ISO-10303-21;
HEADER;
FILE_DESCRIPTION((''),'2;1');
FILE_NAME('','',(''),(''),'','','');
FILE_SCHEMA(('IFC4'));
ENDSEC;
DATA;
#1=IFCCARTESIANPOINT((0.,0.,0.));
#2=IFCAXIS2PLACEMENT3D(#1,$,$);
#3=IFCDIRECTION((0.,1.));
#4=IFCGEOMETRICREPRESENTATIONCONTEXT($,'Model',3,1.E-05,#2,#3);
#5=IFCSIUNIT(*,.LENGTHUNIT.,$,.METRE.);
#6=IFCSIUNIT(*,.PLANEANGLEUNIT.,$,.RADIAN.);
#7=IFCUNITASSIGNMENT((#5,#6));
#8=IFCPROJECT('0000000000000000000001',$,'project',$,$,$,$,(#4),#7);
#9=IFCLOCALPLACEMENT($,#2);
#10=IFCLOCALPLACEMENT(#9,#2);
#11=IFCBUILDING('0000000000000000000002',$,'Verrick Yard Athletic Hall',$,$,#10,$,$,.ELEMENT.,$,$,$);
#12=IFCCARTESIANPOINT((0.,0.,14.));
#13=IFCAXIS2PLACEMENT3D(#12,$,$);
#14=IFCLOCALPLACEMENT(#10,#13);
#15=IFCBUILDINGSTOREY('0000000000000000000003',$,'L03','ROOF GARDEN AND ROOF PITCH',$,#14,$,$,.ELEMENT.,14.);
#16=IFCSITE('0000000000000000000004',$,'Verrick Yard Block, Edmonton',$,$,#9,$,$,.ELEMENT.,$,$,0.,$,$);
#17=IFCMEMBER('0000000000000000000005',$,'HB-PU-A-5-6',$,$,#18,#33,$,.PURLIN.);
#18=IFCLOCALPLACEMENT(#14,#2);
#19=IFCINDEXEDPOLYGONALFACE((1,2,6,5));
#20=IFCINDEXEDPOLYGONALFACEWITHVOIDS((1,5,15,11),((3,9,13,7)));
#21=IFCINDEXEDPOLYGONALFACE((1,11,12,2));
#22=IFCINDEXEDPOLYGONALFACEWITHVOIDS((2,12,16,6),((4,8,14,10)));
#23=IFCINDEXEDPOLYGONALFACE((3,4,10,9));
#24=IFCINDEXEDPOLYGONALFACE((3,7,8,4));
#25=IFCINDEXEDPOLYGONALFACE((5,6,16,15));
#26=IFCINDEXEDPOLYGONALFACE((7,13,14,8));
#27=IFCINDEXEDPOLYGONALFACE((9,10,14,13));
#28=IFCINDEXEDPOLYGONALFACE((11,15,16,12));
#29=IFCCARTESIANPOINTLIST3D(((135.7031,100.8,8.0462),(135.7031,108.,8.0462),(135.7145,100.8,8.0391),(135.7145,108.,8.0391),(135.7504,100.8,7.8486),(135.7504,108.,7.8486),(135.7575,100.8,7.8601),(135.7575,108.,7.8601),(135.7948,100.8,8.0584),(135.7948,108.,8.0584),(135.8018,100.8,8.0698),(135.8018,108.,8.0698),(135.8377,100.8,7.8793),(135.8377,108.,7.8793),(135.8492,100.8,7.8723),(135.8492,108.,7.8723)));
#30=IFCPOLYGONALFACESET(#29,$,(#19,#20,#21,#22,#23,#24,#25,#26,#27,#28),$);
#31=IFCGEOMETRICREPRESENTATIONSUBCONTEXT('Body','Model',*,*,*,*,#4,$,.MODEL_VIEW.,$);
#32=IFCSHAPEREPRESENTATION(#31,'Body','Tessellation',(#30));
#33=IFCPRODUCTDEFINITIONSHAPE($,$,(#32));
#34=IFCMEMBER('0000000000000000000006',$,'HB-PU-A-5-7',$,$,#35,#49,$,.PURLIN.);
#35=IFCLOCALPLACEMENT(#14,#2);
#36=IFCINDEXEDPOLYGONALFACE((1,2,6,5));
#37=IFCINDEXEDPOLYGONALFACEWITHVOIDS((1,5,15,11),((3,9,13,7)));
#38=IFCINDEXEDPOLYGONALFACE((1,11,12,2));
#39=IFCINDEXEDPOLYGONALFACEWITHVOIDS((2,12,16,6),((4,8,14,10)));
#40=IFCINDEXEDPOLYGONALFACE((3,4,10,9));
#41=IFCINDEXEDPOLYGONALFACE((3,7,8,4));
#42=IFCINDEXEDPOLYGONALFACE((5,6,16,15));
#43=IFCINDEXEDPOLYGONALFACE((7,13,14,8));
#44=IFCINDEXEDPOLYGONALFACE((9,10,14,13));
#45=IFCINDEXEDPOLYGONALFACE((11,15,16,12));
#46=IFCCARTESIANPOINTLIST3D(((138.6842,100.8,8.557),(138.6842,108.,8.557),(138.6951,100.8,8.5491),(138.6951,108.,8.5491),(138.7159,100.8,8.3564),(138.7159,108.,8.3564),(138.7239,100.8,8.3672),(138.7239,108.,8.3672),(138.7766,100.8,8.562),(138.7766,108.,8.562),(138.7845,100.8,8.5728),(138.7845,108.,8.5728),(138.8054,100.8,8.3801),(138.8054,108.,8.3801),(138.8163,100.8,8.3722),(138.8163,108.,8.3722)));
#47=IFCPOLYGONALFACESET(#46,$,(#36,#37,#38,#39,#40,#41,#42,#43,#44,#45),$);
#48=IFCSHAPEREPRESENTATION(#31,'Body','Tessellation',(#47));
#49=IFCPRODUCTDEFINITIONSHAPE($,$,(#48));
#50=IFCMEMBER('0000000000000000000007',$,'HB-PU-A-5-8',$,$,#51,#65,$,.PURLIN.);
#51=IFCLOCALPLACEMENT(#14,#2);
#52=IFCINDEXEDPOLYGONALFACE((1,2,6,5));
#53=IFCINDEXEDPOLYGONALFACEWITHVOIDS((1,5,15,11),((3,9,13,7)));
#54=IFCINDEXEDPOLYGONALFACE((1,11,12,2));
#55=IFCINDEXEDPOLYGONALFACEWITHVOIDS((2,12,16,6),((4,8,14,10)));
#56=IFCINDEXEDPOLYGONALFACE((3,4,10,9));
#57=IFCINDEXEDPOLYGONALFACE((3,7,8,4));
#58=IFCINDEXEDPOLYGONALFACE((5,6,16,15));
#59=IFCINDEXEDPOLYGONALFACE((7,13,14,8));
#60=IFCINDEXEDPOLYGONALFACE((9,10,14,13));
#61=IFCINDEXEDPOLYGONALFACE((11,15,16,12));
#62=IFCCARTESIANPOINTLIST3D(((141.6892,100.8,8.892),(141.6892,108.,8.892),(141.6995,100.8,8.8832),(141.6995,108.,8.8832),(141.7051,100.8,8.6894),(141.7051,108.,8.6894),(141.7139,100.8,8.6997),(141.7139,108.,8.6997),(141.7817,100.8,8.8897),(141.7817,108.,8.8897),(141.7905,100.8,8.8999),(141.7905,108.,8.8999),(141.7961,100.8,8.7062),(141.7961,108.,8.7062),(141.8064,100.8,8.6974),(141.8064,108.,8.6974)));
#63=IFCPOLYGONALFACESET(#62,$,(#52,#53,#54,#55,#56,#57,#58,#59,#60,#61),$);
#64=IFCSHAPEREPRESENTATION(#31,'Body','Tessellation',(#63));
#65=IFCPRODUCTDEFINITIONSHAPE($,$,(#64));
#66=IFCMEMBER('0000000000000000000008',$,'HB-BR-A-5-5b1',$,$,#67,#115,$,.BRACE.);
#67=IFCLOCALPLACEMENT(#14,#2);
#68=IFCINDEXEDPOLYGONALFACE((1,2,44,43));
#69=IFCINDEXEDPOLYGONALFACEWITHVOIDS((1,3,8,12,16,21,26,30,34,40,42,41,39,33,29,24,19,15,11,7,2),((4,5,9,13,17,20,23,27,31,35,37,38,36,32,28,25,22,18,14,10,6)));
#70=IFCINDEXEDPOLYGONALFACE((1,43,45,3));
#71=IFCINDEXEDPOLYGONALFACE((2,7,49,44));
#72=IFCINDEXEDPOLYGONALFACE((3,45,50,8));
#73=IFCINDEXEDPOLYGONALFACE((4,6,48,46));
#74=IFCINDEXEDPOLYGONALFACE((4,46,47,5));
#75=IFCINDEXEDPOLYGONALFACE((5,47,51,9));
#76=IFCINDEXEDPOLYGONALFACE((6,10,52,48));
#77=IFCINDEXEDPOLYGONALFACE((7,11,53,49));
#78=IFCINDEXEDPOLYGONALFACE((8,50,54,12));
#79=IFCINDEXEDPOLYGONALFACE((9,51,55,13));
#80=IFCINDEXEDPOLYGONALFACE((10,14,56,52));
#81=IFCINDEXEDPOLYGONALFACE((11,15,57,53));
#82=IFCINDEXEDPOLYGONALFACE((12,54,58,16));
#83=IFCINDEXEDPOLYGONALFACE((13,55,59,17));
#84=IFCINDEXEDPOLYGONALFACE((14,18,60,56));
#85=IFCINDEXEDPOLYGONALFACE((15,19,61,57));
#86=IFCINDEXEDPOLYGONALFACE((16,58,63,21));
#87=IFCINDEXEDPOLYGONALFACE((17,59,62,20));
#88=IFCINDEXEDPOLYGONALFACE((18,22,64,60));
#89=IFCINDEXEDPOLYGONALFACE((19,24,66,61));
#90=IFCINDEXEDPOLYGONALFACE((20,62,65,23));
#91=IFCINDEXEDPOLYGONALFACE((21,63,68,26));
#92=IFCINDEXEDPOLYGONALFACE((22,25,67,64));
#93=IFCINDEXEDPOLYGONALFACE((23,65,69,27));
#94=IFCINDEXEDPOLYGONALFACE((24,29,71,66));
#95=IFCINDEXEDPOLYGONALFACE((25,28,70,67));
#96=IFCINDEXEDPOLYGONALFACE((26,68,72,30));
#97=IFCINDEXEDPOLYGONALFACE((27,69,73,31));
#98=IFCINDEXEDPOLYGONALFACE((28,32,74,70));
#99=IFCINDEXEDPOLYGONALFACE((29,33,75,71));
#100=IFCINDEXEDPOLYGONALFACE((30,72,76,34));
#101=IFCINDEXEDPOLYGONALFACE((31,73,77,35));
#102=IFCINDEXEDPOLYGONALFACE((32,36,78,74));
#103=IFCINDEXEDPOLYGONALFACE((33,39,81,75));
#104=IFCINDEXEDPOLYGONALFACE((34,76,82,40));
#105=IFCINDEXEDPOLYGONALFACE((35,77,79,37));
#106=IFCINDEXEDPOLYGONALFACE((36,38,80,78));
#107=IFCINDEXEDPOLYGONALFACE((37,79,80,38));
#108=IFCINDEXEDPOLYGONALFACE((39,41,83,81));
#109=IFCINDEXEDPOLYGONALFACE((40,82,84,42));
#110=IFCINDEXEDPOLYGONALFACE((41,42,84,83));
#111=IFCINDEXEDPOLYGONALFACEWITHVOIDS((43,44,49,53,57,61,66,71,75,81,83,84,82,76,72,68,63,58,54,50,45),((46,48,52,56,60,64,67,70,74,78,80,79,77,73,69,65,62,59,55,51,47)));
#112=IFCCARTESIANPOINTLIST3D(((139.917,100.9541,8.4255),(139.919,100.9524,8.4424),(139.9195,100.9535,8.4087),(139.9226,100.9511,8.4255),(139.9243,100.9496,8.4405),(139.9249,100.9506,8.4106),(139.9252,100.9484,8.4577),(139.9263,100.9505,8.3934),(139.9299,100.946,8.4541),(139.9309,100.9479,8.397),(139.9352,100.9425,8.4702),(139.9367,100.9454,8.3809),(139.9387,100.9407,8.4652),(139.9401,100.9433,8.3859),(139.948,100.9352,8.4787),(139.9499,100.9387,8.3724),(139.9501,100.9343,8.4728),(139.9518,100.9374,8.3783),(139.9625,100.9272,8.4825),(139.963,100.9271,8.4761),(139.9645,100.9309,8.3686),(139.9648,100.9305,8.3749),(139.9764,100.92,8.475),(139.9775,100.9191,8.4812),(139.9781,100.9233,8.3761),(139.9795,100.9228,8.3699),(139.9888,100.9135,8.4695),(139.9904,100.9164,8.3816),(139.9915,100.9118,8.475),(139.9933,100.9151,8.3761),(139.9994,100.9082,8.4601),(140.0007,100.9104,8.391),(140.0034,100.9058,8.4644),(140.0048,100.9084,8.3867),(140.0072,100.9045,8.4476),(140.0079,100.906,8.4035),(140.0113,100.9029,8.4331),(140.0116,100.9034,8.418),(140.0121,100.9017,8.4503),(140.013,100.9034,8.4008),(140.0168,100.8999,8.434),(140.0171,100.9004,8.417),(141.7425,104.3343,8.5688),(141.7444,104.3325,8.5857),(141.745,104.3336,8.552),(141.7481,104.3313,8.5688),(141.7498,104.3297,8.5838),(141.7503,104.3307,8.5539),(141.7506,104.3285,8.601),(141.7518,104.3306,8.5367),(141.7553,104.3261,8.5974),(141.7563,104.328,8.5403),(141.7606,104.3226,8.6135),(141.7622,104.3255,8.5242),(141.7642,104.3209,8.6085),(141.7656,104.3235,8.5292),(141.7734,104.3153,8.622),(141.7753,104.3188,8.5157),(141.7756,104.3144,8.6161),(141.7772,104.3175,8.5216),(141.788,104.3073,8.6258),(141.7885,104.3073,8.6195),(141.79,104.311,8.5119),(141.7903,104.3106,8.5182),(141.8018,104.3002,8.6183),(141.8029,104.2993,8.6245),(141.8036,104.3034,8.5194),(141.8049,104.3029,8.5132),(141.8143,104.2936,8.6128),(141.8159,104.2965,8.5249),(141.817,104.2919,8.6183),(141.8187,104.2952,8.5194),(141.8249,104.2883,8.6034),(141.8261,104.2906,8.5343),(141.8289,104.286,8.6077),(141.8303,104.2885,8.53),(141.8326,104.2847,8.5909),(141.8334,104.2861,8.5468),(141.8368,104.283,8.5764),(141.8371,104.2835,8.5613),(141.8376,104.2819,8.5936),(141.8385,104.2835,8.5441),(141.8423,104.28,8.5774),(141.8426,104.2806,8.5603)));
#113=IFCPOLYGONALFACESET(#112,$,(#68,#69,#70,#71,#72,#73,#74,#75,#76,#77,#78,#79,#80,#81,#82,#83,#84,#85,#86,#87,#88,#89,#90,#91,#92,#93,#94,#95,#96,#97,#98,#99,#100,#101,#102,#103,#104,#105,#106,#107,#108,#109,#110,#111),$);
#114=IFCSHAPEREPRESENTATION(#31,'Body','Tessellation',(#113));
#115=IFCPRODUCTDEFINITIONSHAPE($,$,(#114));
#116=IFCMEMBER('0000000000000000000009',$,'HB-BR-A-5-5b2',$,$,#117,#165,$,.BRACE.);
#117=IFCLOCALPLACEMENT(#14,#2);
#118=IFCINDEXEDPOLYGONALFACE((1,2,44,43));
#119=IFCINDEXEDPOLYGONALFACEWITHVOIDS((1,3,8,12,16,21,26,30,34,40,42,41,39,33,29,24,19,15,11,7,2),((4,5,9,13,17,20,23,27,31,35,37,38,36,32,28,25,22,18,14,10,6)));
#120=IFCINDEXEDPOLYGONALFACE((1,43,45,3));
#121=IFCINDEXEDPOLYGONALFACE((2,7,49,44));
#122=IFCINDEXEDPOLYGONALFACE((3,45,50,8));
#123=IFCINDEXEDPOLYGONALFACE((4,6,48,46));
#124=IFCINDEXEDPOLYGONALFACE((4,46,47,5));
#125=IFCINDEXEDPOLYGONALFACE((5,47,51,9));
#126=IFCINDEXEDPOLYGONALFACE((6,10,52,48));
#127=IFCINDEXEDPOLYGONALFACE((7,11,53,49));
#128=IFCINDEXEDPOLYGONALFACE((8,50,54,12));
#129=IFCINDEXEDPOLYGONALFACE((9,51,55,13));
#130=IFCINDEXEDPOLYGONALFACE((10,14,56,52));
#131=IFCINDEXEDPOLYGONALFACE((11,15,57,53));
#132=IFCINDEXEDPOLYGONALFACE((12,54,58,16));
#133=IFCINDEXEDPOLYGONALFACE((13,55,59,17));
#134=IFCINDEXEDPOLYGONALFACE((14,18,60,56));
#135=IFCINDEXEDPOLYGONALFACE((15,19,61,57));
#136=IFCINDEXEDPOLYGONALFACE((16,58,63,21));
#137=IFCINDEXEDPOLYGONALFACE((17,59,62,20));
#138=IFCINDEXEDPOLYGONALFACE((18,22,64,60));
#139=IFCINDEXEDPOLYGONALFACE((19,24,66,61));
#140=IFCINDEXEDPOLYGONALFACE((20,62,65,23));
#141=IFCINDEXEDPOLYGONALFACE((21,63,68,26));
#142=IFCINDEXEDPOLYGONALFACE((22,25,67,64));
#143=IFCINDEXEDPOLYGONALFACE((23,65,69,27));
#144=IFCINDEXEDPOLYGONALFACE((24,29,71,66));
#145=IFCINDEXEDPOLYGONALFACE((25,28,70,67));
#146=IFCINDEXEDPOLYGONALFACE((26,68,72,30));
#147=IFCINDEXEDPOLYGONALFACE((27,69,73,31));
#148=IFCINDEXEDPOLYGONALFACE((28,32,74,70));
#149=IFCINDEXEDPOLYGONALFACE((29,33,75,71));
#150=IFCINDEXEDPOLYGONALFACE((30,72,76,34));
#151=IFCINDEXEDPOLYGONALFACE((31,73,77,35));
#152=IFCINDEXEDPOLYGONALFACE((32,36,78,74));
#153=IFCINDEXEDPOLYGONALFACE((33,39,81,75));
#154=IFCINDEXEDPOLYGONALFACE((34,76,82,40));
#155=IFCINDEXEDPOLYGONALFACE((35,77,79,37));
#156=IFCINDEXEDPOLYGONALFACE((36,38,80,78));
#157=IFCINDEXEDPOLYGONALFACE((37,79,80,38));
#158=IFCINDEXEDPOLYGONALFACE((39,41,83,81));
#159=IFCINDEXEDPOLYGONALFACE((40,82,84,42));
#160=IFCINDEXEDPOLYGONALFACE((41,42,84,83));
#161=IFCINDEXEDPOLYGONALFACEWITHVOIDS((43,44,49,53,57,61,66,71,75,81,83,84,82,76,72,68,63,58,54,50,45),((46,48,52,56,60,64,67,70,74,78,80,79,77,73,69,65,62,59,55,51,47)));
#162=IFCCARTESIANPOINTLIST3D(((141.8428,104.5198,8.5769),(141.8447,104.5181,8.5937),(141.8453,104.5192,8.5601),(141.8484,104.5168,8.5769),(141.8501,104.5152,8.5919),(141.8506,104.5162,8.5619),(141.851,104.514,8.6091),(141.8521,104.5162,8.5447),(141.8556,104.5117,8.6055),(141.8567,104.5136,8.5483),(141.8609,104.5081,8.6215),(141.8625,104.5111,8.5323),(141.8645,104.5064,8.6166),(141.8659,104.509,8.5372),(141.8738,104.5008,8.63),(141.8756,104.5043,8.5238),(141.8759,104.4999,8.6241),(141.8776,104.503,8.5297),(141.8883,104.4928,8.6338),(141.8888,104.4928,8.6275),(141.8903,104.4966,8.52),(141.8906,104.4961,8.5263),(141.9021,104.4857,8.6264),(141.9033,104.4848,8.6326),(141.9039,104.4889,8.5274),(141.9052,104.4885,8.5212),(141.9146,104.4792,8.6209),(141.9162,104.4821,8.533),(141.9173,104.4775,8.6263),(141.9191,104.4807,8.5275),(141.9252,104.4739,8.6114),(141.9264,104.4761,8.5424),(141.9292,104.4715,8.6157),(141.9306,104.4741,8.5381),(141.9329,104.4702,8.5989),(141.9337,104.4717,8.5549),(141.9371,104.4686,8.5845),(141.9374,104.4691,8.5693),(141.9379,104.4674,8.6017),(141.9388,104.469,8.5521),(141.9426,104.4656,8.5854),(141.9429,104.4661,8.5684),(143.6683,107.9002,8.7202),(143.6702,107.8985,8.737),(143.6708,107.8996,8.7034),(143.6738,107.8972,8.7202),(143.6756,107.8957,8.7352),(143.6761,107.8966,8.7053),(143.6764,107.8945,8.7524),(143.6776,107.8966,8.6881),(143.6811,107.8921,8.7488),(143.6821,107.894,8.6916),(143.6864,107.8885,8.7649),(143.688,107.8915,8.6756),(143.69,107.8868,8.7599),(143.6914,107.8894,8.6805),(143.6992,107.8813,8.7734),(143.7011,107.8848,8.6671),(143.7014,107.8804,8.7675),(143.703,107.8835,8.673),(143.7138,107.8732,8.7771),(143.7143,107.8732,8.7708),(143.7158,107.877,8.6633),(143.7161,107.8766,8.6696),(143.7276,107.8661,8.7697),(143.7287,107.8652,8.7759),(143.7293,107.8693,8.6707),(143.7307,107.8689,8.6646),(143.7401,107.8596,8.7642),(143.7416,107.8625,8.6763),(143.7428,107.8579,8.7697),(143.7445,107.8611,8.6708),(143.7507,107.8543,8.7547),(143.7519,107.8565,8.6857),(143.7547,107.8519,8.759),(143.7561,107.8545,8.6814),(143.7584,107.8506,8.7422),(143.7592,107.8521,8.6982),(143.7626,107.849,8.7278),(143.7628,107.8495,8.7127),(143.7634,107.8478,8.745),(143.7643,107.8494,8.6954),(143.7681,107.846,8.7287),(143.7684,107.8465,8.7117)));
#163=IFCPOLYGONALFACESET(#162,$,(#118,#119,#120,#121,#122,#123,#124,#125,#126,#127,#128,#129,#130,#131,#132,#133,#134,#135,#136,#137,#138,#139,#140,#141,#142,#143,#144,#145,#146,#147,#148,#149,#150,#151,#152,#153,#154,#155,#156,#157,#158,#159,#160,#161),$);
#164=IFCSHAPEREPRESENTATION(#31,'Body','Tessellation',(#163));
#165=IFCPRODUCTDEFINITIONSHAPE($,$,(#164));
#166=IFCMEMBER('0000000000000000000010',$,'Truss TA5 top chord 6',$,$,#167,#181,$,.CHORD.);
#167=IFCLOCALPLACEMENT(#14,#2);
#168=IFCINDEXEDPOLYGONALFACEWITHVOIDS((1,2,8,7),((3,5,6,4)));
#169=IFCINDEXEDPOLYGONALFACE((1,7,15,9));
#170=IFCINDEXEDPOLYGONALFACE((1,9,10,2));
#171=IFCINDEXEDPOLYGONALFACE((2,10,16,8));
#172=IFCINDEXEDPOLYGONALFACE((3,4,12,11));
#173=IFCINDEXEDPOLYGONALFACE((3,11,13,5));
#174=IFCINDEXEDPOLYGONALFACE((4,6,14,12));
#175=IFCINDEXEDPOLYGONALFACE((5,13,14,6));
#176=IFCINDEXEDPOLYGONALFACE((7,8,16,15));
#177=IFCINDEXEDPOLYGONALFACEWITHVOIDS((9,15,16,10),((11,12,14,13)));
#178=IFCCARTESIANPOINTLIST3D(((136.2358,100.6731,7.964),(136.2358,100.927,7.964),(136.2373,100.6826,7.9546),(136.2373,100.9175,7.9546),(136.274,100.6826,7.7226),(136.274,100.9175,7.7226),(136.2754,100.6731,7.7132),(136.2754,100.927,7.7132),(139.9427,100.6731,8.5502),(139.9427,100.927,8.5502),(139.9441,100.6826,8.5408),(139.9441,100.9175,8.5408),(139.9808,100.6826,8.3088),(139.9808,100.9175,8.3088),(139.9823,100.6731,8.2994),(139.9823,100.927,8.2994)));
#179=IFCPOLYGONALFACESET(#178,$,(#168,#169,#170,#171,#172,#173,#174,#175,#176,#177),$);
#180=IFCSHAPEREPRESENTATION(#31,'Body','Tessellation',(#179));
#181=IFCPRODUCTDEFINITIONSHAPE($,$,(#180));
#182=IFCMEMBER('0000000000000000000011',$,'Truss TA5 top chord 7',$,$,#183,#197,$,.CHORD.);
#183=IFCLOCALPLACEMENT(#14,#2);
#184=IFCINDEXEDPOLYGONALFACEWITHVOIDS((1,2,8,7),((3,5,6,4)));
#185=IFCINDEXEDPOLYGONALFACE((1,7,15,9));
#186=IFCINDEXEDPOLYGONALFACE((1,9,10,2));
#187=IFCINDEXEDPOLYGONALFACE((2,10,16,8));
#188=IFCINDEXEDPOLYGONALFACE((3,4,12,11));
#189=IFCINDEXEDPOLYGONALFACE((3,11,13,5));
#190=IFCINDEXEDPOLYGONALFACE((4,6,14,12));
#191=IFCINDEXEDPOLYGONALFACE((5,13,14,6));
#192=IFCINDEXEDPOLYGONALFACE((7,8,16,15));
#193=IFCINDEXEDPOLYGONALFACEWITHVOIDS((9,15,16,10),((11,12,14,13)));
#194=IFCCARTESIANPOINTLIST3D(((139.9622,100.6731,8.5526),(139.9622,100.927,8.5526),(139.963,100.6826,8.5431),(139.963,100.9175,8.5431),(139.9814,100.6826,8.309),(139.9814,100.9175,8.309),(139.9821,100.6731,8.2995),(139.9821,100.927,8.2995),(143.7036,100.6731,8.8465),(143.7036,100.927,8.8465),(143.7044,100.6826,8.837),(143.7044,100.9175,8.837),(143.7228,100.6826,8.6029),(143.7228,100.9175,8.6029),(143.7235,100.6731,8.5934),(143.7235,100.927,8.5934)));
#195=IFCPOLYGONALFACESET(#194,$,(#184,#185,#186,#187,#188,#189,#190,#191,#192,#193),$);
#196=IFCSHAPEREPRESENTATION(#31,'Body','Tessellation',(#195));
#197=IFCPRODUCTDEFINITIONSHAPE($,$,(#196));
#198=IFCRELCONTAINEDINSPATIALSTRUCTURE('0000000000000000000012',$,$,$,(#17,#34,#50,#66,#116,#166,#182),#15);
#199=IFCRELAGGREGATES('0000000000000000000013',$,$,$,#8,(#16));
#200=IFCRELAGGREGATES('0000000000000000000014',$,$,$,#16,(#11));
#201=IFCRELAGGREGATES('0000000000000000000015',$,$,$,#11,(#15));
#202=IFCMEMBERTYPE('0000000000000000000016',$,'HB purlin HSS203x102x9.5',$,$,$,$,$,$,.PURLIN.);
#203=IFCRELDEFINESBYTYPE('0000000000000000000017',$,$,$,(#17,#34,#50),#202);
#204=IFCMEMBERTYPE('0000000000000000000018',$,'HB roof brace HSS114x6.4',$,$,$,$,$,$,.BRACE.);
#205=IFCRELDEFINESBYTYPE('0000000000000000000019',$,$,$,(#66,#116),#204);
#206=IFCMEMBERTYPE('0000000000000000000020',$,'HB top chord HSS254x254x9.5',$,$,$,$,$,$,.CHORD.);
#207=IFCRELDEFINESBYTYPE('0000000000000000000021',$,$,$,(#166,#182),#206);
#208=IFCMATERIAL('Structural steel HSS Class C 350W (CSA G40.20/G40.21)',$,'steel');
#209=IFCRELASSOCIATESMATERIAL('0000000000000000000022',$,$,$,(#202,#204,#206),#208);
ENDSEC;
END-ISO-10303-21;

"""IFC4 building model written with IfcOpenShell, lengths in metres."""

from ifc_helpers import new_model, si_unit, direction, frame, origin, origin_2d, place, context, subcontext, project, spatial, hollow_rectangle, hollow_circle, extrude, material, material_profile, profile_set, type_object, element, save


model = new_model("IFC4")

# Units and contexts
model_context = context("Model", 3, precision=1e-05, world=origin(), true_north=direction((0.0, 1.0)))
body_context = subcontext(model_context, "Body", "Model", "MODEL_VIEW")
ifc_project = project(units=[si_unit("LENGTHUNIT", "METRE"), si_unit("PLANEANGLEUNIT", "RADIAN")], contexts=[model_context])

# Site, building, storey
site_placement = place(None, origin())
site = spatial("IfcSite", under=ifc_project, at=site_placement, Name="Verrick Yard Block, Edmonton", CompositionType="ELEMENT", RefElevation=0.0)
building_placement = place(site_placement, origin())
building = spatial("IfcBuilding", under=site, at=building_placement, Name="Verrick Yard Athletic Hall", CompositionType="ELEMENT")
storey_placement = place(building_placement, frame((0.0, 0.0, 14.0)))
storey = spatial("IfcBuildingStorey", under=building, at=storey_placement, Name="L03", Description="ROOF GARDEN AND ROOF PITCH", CompositionType="ELEMENT", Elevation=14.0)

# Members
ifc_material_1 = material(Name="Structural steel HSS Class C 350W (CSA G40.20/G40.21)", Category="steel")
ifc_material_profile_1 = material_profile(ifc_material_1, hollow_rectangle(XDim=0.1016, YDim=0.2031, WallThickness=0.0095, at=origin_2d()), Name="HSS203x102x9.5")
ifc_profile_set_1 = profile_set([ifc_material_profile_1], Name="Structural steel HSS Class C 350W (CSA G40.20/G40.21)")
member_type_1 = type_object("IfcMemberType", Name="HB purlin HSS203x102x9.5", PredefinedType="PURLIN", material=ifc_profile_set_1)
for number, where, z_axis, x_axis, name in (
    (1, (135.7761, 100.8, 7.9592), (0.0, 1.0, 0.0), (-0.972459, 0.0, -0.233074), "HB-PU-A-5-6"),
    (2, (138.7502, 100.8, 8.4646), (0.0, 1.0, 0.0), (-0.987728, 0.0, -0.156183), "HB-PU-A-5-7"),
    (3, (141.7478, 100.8, 8.7947), (0.0, 1.0, 0.0), (-0.996927, 0.0, -0.078332), "HB-PU-A-5-8"),
):
    element("IfcMember", number, at=place(storey_placement, frame(where, z_axis=z_axis, x_axis=x_axis)), inside=storey, type_object=member_type_1, Name=name, PredefinedType="PURLIN", context=body_context, shape_type="SweptSolid", body=[
        extrude(hollow_rectangle(XDim=0.1016, YDim=0.2031, WallThickness=0.0095, at=origin_2d()), origin(), (0.0, 0.0, 1.0), 7.2),
    ])
ifc_material_profile_2 = material_profile(ifc_material_1, hollow_circle(Radius=0.0571, WallThickness=0.0063, at=origin_2d()), Name="HSS114x6.4")
ifc_profile_set_2 = profile_set([ifc_material_profile_2], Name="Structural steel HSS Class C 350W (CSA G40.20/G40.21)")
member_type_2 = type_object("IfcMemberType", Name="HB roof brace HSS114x6.4", PredefinedType="BRACE", material=ifc_profile_set_2)
member_1_placement = place(storey_placement, frame((139.9673, 100.927, 8.4255), z_axis=(0.474853, 0.879275, 0.037279), x_axis=(-0.879887, 0.475183, 0.0)))
element("IfcMember", 4, at=member_1_placement, inside=storey, type_object=member_type_2, Name="HB-BR-A-5-5b1", PredefinedType="BRACE", context=body_context, shape_type="SweptSolid", body=[
    extrude(hollow_circle(Radius=0.0571, WallThickness=0.0063, at=origin_2d()), origin(), (0.0, 0.0, 1.0), 3.8442),
])
member_2_placement = place(storey_placement, frame((141.8931, 104.4927, 8.5769), z_axis=(0.474827, 0.87929, 0.037277), x_axis=(-0.879901, 0.475157, 0.0)))
element("IfcMember", 5, at=member_2_placement, inside=storey, type_object=member_type_2, Name="HB-BR-A-5-5b2", PredefinedType="BRACE", context=body_context, shape_type="SweptSolid", body=[
    extrude(hollow_circle(Radius=0.0571, WallThickness=0.0063, at=origin_2d()), origin(), (0.0, 0.0, 1.0), 3.8445),
])
ifc_material_profile_3 = material_profile(ifc_material_1, hollow_rectangle(XDim=0.2539, YDim=0.2539, WallThickness=0.0095, at=origin_2d()), Name="HSS254x254x9.5")
ifc_profile_set_3 = profile_set([ifc_material_profile_3], Name="Structural steel HSS Class C 350W (CSA G40.20/G40.21)")
member_type_3 = type_object("IfcMemberType", Name="HB top chord HSS254x254x9.5", PredefinedType="CHORD", material=ifc_profile_set_3)
for number, where, z_axis, x_axis, name in (
    (6, (136.2556, 100.8, 7.8386), (0.987726, 0.0, 0.156196), (0.0, 1.0, 0.0), "Truss TA5 top chord 6"),
    (7, (139.9722, 100.8, 8.426), (0.996928, 0.0, 0.078323), (0.0, 1.0, 0.0), "Truss TA5 top chord 7"),
):
    element("IfcMember", number, at=place(storey_placement, frame(where, z_axis=z_axis, x_axis=x_axis)), inside=storey, type_object=member_type_3, Name=name, PredefinedType="CHORD", context=body_context, shape_type="SweptSolid", body=[
        extrude(hollow_rectangle(XDim=0.2539, YDim=0.2539, WallThickness=0.0095, at=origin_2d()), origin(), (0.0, 0.0, 1.0), 3.7529),
    ])

save(model, "model.ifc")
